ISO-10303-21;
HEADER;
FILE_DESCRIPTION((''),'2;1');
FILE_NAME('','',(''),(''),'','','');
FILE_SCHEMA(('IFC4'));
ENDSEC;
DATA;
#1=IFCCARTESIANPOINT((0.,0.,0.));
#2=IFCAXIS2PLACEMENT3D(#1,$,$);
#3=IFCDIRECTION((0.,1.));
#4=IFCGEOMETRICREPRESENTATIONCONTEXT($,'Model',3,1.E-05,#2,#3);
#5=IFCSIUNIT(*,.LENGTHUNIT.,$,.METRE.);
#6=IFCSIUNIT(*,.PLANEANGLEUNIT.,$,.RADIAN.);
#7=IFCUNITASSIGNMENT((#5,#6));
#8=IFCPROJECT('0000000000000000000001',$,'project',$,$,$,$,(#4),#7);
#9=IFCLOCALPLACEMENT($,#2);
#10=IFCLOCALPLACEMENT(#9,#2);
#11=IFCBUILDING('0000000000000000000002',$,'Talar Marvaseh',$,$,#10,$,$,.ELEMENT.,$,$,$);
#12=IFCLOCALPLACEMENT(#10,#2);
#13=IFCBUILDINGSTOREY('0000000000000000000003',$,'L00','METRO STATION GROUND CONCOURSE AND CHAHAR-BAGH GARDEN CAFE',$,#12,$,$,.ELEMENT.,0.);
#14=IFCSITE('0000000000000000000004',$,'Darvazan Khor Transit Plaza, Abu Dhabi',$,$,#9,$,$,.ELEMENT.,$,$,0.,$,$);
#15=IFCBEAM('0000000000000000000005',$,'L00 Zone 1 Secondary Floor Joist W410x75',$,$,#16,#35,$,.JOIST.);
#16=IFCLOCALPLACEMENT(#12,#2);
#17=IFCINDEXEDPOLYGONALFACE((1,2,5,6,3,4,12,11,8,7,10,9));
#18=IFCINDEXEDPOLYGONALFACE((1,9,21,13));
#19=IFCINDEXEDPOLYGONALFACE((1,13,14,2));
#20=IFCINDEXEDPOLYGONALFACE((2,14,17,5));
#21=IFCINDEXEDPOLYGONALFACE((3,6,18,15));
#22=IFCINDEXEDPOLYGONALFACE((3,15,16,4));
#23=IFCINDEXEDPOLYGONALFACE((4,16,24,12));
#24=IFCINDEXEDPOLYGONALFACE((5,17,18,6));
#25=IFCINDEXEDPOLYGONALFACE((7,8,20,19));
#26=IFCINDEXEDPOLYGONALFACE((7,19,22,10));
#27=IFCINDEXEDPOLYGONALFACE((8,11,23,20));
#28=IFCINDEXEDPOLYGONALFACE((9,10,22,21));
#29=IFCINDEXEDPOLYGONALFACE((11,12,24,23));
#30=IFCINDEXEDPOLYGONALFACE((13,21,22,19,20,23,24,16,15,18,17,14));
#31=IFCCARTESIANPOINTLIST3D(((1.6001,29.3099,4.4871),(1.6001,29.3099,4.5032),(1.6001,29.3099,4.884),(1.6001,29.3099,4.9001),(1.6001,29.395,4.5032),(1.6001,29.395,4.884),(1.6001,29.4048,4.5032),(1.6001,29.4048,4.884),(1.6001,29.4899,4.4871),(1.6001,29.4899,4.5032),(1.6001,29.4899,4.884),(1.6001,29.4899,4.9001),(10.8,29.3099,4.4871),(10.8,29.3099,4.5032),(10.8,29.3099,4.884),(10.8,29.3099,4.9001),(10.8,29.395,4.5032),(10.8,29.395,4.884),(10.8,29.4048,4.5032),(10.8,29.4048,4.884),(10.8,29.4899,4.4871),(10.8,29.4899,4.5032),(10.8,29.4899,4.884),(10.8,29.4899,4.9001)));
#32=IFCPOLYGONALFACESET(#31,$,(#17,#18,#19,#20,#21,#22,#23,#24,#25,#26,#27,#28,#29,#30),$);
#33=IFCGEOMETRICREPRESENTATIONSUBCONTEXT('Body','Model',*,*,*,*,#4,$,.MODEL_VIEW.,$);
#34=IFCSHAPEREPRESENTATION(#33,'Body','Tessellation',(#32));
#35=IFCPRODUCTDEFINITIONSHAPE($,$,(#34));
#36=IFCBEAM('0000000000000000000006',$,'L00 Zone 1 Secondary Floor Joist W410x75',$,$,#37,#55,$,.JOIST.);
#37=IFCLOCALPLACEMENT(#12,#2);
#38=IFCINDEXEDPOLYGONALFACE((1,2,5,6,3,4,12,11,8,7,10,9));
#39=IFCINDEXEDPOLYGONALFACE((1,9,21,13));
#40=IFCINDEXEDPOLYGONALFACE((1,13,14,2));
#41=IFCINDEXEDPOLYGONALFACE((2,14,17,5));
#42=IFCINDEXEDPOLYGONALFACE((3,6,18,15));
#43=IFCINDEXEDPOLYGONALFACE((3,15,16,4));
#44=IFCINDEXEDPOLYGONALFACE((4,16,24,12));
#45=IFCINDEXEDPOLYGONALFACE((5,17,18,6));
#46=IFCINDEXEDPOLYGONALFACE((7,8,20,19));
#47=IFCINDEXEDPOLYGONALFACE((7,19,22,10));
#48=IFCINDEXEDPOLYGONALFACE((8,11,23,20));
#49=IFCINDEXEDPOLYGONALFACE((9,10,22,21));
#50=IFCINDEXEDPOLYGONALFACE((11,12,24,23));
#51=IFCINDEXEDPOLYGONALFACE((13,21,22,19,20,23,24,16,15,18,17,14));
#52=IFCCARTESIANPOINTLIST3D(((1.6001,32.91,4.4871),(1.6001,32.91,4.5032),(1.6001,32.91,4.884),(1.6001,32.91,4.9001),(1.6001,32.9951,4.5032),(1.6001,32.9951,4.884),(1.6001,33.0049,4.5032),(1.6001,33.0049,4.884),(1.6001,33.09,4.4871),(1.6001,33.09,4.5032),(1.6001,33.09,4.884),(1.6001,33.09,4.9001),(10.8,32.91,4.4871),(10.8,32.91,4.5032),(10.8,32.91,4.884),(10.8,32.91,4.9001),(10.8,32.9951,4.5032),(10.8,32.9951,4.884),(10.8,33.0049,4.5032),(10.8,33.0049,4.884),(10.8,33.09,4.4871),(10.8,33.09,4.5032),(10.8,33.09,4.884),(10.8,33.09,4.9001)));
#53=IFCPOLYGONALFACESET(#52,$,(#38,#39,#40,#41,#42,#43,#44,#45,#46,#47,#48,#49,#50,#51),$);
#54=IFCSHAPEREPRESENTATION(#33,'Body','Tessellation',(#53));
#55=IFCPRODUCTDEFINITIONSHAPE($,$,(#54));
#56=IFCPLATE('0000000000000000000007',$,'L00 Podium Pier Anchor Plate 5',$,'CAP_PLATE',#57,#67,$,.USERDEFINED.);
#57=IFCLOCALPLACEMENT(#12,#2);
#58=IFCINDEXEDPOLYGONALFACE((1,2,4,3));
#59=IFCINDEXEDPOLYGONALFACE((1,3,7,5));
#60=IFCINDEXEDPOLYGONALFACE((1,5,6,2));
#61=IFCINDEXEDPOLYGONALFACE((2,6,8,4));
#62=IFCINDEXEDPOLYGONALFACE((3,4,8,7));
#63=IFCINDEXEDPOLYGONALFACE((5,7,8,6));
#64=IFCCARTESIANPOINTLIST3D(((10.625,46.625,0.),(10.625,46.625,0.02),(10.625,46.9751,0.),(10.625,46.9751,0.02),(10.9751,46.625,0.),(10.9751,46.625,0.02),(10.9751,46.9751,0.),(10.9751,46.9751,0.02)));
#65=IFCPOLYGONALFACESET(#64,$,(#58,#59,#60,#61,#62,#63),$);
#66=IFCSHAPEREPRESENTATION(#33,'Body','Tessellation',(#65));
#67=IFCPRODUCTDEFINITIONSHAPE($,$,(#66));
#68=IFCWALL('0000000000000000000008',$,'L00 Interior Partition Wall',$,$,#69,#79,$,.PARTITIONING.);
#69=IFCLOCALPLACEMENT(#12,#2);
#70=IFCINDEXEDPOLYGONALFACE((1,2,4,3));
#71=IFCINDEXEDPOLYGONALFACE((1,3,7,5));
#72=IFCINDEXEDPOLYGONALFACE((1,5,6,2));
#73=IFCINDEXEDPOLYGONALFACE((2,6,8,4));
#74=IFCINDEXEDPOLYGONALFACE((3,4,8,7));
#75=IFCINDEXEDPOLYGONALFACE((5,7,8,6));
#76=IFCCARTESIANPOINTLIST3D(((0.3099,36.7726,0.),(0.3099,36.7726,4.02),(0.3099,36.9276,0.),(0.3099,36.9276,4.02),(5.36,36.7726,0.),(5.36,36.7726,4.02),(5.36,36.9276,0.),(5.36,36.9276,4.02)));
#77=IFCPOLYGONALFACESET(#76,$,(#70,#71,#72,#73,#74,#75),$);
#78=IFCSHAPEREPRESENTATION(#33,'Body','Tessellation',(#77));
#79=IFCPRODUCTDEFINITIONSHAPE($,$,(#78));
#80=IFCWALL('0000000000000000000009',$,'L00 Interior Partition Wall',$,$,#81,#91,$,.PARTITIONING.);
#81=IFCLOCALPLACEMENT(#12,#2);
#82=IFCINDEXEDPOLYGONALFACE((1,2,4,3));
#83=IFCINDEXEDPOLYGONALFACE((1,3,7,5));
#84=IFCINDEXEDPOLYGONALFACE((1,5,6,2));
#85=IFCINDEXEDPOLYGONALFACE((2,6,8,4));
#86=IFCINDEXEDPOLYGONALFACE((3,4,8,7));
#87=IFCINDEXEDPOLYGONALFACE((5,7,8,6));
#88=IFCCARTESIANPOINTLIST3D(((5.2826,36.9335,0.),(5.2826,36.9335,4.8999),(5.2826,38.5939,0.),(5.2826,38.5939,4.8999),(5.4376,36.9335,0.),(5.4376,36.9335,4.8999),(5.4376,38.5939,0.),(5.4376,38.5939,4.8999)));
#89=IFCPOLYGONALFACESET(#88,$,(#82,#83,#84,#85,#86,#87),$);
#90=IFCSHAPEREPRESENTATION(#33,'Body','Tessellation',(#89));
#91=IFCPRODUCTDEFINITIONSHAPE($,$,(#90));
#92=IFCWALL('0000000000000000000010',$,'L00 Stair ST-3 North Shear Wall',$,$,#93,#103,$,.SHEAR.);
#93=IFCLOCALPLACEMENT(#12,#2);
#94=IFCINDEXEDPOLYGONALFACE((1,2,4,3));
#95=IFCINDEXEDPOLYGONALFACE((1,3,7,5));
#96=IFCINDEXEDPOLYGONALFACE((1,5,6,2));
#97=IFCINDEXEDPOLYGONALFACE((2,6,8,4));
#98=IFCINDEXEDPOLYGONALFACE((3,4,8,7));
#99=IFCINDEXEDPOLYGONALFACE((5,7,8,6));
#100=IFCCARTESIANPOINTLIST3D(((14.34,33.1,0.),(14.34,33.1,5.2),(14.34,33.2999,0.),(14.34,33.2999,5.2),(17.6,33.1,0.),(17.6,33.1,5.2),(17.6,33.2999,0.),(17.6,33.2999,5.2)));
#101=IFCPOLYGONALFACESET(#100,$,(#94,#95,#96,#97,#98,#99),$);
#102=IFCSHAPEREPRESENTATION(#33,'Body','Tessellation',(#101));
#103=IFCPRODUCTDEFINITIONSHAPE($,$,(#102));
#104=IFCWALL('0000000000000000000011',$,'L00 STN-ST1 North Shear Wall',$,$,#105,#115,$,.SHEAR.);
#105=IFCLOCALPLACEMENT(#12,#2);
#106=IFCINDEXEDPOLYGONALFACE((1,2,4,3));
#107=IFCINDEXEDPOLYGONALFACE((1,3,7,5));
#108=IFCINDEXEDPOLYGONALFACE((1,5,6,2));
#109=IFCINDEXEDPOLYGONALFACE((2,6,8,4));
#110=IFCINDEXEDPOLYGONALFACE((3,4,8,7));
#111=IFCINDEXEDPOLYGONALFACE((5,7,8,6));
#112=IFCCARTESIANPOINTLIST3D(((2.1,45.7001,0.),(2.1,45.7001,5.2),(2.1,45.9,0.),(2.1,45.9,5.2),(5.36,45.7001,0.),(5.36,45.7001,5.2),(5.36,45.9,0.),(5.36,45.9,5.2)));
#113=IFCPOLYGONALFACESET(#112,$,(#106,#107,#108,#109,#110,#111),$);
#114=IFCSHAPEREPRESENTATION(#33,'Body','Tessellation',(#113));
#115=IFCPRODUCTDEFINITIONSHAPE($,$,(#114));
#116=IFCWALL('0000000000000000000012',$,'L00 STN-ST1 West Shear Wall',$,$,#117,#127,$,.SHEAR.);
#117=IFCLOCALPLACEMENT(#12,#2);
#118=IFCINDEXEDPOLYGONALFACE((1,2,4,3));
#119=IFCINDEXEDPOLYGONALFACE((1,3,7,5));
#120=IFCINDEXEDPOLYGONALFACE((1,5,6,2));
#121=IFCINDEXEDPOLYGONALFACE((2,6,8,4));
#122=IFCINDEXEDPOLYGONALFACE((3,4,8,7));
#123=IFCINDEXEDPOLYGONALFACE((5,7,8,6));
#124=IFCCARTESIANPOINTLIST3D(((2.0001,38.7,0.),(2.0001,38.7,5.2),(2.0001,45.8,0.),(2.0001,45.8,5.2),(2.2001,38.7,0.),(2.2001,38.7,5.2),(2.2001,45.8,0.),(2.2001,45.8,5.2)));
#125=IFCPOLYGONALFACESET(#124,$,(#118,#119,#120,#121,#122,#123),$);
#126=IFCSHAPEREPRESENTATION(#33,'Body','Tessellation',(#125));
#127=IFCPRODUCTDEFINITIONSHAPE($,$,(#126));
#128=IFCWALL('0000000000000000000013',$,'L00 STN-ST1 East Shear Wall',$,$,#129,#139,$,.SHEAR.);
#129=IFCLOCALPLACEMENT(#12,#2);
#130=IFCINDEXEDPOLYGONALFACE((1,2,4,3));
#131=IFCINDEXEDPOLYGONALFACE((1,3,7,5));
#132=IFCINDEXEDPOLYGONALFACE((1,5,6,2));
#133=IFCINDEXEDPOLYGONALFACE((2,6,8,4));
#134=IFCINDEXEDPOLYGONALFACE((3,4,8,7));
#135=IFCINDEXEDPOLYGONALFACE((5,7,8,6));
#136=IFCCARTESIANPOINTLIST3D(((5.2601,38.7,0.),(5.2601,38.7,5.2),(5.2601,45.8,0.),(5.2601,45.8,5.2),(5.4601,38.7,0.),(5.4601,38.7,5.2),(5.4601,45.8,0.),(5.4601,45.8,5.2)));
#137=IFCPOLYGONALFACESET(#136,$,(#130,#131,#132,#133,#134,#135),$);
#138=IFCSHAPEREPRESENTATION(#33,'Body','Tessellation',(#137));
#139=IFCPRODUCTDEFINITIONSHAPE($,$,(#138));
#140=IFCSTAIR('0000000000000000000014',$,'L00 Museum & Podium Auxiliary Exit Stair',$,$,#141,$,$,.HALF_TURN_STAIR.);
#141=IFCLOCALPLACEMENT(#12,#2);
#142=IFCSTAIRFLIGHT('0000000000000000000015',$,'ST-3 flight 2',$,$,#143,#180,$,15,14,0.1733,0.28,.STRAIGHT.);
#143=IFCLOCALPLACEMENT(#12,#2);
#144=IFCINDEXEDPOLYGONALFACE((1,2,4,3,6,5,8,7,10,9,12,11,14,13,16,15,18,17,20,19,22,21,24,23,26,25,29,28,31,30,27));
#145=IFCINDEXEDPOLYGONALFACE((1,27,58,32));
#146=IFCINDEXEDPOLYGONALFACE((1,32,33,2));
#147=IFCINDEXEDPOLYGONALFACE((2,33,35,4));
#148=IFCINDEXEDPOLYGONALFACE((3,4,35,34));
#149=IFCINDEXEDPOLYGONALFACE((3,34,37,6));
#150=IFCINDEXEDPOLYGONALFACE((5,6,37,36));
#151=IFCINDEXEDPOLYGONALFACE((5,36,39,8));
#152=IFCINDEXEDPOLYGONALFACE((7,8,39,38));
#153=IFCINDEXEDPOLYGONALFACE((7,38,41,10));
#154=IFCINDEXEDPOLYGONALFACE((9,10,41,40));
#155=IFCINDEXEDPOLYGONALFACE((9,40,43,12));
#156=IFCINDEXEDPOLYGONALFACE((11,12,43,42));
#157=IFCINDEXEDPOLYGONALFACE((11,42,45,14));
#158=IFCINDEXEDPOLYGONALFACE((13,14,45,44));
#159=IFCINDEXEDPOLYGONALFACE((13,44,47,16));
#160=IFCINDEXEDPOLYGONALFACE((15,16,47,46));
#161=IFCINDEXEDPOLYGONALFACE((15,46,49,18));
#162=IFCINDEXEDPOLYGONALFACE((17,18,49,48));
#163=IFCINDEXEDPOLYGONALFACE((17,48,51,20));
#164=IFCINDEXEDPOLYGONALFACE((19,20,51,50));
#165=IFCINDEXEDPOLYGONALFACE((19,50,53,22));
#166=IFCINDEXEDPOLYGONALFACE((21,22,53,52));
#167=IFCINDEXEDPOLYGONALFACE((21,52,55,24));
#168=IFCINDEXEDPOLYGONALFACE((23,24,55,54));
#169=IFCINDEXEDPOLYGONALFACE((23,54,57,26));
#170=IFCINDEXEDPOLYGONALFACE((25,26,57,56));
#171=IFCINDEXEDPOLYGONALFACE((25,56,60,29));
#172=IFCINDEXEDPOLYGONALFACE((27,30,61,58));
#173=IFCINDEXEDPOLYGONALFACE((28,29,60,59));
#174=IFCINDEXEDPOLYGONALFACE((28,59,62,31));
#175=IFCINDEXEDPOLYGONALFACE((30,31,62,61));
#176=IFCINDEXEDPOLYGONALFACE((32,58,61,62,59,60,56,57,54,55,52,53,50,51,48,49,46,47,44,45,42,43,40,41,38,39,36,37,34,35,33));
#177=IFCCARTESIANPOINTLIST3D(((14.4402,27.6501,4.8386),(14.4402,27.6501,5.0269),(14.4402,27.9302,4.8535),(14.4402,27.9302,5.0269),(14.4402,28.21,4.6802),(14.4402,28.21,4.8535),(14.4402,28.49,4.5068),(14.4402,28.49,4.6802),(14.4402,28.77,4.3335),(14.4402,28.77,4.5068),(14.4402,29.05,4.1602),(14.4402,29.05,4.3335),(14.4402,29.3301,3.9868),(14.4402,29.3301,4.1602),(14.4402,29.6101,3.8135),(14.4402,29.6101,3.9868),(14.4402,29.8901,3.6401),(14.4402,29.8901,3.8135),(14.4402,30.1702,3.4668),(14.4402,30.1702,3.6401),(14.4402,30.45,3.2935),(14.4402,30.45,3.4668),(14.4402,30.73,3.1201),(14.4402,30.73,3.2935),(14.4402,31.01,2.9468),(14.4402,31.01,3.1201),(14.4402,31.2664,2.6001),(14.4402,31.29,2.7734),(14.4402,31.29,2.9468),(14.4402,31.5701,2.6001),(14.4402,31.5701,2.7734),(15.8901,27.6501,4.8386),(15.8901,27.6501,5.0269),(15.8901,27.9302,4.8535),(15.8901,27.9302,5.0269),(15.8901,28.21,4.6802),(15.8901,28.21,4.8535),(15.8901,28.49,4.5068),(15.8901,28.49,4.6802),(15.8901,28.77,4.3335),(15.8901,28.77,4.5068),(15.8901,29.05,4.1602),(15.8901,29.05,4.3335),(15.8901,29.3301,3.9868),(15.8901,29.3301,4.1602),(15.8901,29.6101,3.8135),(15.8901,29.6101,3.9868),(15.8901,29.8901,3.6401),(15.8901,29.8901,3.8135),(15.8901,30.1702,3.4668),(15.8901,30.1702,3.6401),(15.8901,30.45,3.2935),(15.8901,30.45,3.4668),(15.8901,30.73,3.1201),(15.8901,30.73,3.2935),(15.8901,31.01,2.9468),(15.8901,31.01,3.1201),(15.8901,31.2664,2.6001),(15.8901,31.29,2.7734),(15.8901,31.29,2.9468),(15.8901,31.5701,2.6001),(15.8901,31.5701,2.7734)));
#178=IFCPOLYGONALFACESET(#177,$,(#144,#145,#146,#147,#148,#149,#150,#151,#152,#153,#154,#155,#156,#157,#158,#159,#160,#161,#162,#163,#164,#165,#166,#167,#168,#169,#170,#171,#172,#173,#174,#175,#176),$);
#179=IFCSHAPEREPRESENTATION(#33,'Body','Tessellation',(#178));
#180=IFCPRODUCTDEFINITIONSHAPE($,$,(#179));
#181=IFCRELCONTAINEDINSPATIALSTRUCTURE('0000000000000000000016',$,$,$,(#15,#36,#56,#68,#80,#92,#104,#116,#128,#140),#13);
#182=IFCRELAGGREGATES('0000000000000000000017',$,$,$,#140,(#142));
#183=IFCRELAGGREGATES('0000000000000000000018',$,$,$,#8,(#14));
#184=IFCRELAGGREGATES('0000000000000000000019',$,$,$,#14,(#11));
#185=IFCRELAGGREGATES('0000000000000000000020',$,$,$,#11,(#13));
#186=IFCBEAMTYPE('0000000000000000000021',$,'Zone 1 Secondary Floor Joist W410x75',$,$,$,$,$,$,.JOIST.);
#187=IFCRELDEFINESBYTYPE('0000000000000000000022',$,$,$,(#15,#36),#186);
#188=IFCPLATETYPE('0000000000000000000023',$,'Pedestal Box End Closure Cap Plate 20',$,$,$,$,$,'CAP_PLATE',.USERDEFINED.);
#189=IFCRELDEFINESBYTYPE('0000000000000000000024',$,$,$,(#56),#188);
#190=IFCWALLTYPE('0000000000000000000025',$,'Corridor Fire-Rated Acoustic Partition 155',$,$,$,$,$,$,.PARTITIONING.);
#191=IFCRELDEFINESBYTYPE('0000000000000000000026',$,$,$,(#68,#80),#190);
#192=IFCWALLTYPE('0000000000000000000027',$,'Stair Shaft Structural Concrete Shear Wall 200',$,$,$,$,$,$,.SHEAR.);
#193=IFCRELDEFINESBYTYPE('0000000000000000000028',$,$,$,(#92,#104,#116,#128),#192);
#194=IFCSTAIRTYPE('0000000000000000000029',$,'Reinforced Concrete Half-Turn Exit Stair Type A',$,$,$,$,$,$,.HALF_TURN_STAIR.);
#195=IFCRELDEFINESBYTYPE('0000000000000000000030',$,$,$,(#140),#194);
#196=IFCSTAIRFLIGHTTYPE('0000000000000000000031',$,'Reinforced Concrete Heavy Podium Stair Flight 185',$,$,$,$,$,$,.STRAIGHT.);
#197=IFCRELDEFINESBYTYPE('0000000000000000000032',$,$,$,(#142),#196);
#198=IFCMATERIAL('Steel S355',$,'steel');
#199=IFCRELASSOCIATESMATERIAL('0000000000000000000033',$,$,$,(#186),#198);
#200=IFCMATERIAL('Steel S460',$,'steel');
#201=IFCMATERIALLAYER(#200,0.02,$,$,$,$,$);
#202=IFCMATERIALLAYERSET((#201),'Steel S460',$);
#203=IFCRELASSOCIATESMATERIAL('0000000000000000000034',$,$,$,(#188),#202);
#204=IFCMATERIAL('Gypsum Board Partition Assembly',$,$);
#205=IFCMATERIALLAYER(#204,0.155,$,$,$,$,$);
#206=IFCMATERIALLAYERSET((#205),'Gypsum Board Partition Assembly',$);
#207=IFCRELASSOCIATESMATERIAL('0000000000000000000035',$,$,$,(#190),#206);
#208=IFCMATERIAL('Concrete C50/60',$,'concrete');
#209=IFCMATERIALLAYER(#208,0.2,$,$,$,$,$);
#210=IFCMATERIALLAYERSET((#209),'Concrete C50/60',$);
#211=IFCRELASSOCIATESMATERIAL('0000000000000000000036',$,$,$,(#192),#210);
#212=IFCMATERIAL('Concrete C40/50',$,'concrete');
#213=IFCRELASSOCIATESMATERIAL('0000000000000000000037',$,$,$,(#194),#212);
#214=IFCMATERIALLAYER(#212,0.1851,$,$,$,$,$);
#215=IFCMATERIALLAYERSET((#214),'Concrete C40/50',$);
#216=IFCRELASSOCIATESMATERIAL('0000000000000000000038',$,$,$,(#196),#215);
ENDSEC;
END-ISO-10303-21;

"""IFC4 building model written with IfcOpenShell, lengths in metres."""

from ifc_helpers import new_model, si_unit, direction, frame, frame_2d, origin, origin_2d, place, context, subcontext, project, spatial, polyline, rectangle, i_section, outline, extrude, source, transform, mapped, material, layer, layer_set, material_profile, profile_set, type_object, type_shapes, element, aggregate, save


model = new_model("IFC4")

# Units and contexts
model_context = context("Model", 3, precision=1e-05, world=origin(), true_north=direction((0.0, 1.0)))
body_context = subcontext(model_context, "Body", "Model", "MODEL_VIEW")
ifc_project = project(units=[si_unit("LENGTHUNIT", "METRE"), si_unit("PLANEANGLEUNIT", "RADIAN")], contexts=[model_context])

# Site, building, storey
site_placement = place(None, origin())
site = spatial("IfcSite", under=ifc_project, at=site_placement, Name="Darvazan Khor Transit Plaza, Abu Dhabi", CompositionType="ELEMENT", RefElevation=0.0)
building_placement = place(site_placement, origin())
building = spatial("IfcBuilding", under=site, at=building_placement, Name="Talar Marvaseh", CompositionType="ELEMENT")
storey_placement = place(building_placement, origin())
storey = spatial("IfcBuildingStorey", under=building, at=storey_placement, Name="L00", Description="METRO STATION GROUND CONCOURSE AND CHAHAR-BAGH GARDEN CAFE", CompositionType="ELEMENT", Elevation=0.0)

# Beams
ifc_material_1 = material(Name="Steel S355", Category="steel")
ifc_material_2 = material(Name="Concrete C40/50", Category="concrete")
ifc_material_profile_1 = material_profile(ifc_material_1, i_section(OverallWidth=0.1799, OverallDepth=0.4131, WebThickness=0.0098, FlangeThickness=0.0161, at=origin_2d()), Name="W410x75")
ifc_profile_set_1 = profile_set([ifc_material_profile_1], Name="Steel S355")
beam_type_1 = type_object("IfcBeamType", Name="Zone 1 Secondary Floor Joist W410x75", PredefinedType="JOIST", material=ifc_profile_set_1)
for number, where, z_axis, x_axis, name in (
    (1, (1.6001, 29.3999, 4.6936), (1.0, 0.0, 0.0), (0.0, 1.0, 0.0), "L00 Zone 1 Secondary Floor Joist W410x75"),
    (2, (1.6001, 33.0, 4.6936), (1.0, 0.0, 0.0), (0.0, 1.0, 0.0), "L00 Zone 1 Secondary Floor Joist W410x75"),
):
    element("IfcBeam", number, at=place(storey_placement, frame(where, z_axis=z_axis, x_axis=x_axis)), inside=storey, type_object=beam_type_1, Name=name, PredefinedType="JOIST", context=body_context, shape_type="SweptSolid", body=[
        extrude(i_section(OverallWidth=0.1799, OverallDepth=0.4131, WebThickness=0.0098, FlangeThickness=0.0161, at=origin_2d()), origin(), (0.0, 0.0, 1.0), 9.2),
    ])

# Plate
ifc_material_3 = material(Name="Steel S460", Category="steel")
ifc_layer_1 = layer(ifc_material_3, 0.02)
ifc_layer_set_1 = layer_set([ifc_layer_1], Name="Steel S460")
plate_type = type_object("IfcPlateType", Name="Pedestal Box End Closure Cap Plate 20", ElementType="CAP_PLATE", PredefinedType="USERDEFINED", material=ifc_layer_set_1)
shared_shape_1 = source(origin(), body_context, "Body", "SweptSolid", [
    extrude(rectangle(XDim=0.3501, YDim=0.3501, at=origin_2d()), origin(), (0.0, 0.0, 1.0), 0.02),
])
type_shapes(plate_type, [shared_shape_1])
plate_placement = place(storey_placement, frame((10.8, 46.8, 0.0), z_axis=(0.0, 0.0, 1.0), x_axis=(1.0, 0.0, 0.0)))
element("IfcPlate", 3, at=plate_placement, inside=storey, type_object=plate_type, Name="L00 Podium Pier Anchor Plate 5", ObjectType="CAP_PLATE", PredefinedType="USERDEFINED", context=body_context, shape_type="MappedRepresentation", body=[
    mapped(shared_shape_1, transform((0.0, 0.0, 0.0), x_axis=(1.0, 0.0, 0.0), y_axis=(0.0, 1.0, 0.0), z_axis=(0.0, 0.0, 1.0), scale=1.0)),
])

# Walls
ifc_material_4 = material(Name="Gypsum Board Partition Assembly")
ifc_layer_2 = layer(ifc_material_4, 0.155)
ifc_layer_set_2 = layer_set([ifc_layer_2], Name="Gypsum Board Partition Assembly")
wall_type_1 = type_object("IfcWallType", Name="Corridor Fire-Rated Acoustic Partition 155", PredefinedType="PARTITIONING", material=ifc_layer_set_2)
wall_1_placement = place(storey_placement, frame((0.3101, 36.8501, 0.0), z_axis=(0.0, 0.0, 1.0), x_axis=(1.0, 0.0, 0.0)))
element("IfcWall", 4, at=wall_1_placement, inside=storey, type_object=wall_type_1, Name="L00 Interior Partition Wall", PredefinedType="PARTITIONING", context=body_context, shape_type="SweptSolid", body=[
    extrude(rectangle(XDim=5.05, YDim=0.155, at=frame_2d((2.5249, 0.0))), origin(), (0.0, 0.0, 1.0), 4.02),
])
wall_2_placement = place(storey_placement, frame((5.3601, 36.9336, 0.0), z_axis=(0.0, 0.0, 1.0), x_axis=(0.0, 1.0, 0.0)))
element("IfcWall", 5, at=wall_2_placement, inside=storey, type_object=wall_type_1, Name="L00 Interior Partition Wall", PredefinedType="PARTITIONING", context=body_context, shape_type="SweptSolid", body=[
    extrude(rectangle(XDim=1.6604, YDim=0.155, at=frame_2d((0.8301, 0.0))), origin(), (0.0, 0.0, 1.0), 4.8999),
])
ifc_material_5 = material(Name="Concrete C50/60", Category="concrete")
ifc_layer_3 = layer(ifc_material_5, 0.2)
ifc_layer_set_3 = layer_set([ifc_layer_3], Name="Concrete C50/60")
wall_type_2 = type_object("IfcWallType", Name="Stair Shaft Structural Concrete Shear Wall 200", PredefinedType="SHEAR", material=ifc_layer_set_3)
wall_3_placement = place(storey_placement, frame((14.3401, 33.2, 0.0), z_axis=(0.0, 0.0, 1.0), x_axis=(1.0, 0.0, 0.0)))
element("IfcWall", 6, at=wall_3_placement, inside=storey, type_object=wall_type_2, Name="L00 Stair ST-3 North Shear Wall", PredefinedType="SHEAR", context=body_context, shape_type="SweptSolid", body=[
    extrude(rectangle(XDim=3.26, YDim=0.2, at=frame_2d((1.6299, 0.0))), origin(), (0.0, 0.0, 1.0), 5.2),
])

# Walls
wall_4_placement = place(storey_placement, frame((2.1001, 45.8, 0.0), z_axis=(0.0, 0.0, 1.0), x_axis=(1.0, 0.0, 0.0)))
element("IfcWall", 7, at=wall_4_placement, inside=storey, type_object=wall_type_2, Name="L00 STN-ST1 North Shear Wall", PredefinedType="SHEAR", context=body_context, shape_type="SweptSolid", body=[
    extrude(rectangle(XDim=3.26, YDim=0.2, at=frame_2d((1.6299, 0.0))), origin(), (0.0, 0.0, 1.0), 5.2),
])
for number, where, z_axis, x_axis, name in (
    (8, (2.1001, 38.7, 0.0), (0.0, 0.0, 1.0), (0.0, 1.0, 0.0), "L00 STN-ST1 West Shear Wall"),
    (9, (5.3601, 38.7, 0.0), (0.0, 0.0, 1.0), (0.0, 1.0, 0.0), "L00 STN-ST1 East Shear Wall"),
):
    element("IfcWall", number, at=place(storey_placement, frame(where, z_axis=z_axis, x_axis=x_axis)), inside=storey, type_object=wall_type_2, Name=name, PredefinedType="SHEAR", context=body_context, shape_type="SweptSolid", body=[
        extrude(rectangle(XDim=7.1001, YDim=0.2, at=frame_2d((3.55, 0.0))), origin(), (0.0, 0.0, 1.0), 5.2),
    ])

# Stair, stair flight
stair_type = type_object("IfcStairType", Name="Reinforced Concrete Half-Turn Exit Stair Type A", PredefinedType="HALF_TURN_STAIR", material=ifc_material_2)
stair_placement = place(storey_placement, origin())
stair = element("IfcStair", 10, at=stair_placement, inside=storey, type_object=stair_type, Name="L00 Museum & Podium Auxiliary Exit Stair", PredefinedType="HALF_TURN_STAIR")
ifc_layer_4 = layer(ifc_material_2, 0.1851)
ifc_layer_set_4 = layer_set([ifc_layer_4], Name="Concrete C40/50")
stair_flight_type = type_object("IfcStairFlightType", Name="Reinforced Concrete Heavy Podium Stair Flight 185", PredefinedType="STRAIGHT", material=ifc_layer_set_4)
stair_flight_placement = place(storey_placement, frame((15.165, 31.5701, 2.6001), z_axis=(0.0, 0.0, 1.0), x_axis=(0.0, -1.0, 0.0)))
stair_flight = element("IfcStairFlight", 11, at=stair_flight_placement, type_object=stair_flight_type, Name="ST-3 flight 2", NumberOfRisers=15, NumberOfTreads=14, PredefinedType="STRAIGHT", RiserHeight=0.1733, TreadLength=0.28, context=body_context, shape_type="SweptSolid", body=[
    extrude(outline(polyline([(0.0, 0.0), (0.0, 0.1733), (0.28, 0.1733), (0.28, 0.3467), (0.5601, 0.3467), (0.5601, 0.52), (0.8401, 0.52), (0.8401, 0.6934), (1.1201, 0.6934), (1.1201, 0.8667), (1.3999, 0.8667), (1.3999, 1.04), (1.6799, 1.04), (1.6799, 1.2134), (1.96, 1.2134), (1.96, 1.3867), (2.24, 1.3867), (2.24, 1.5601), (2.52, 1.5601), (2.52, 1.7334), (2.8, 1.7334), (2.8, 1.9067), (3.0801, 1.9067), (3.0801, 2.0801), (3.3601, 2.0801), (3.3601, 2.2534), (3.6399, 2.2534), (3.6399, 2.4268), (3.9199, 2.4268), (3.9199, 2.6001), (3.9199, 2.2385), (0.3037, 0.0), (0.0, 0.0)])), frame((0.0, 0.7251, 0.0), z_axis=(0.0, -1.0, 0.0), x_axis=(1.0, 0.0, 0.0)), (0.0, 0.0, 1.0), 1.45),
])
aggregate(stair, [stair_flight])

save(model, "model.ifc")
